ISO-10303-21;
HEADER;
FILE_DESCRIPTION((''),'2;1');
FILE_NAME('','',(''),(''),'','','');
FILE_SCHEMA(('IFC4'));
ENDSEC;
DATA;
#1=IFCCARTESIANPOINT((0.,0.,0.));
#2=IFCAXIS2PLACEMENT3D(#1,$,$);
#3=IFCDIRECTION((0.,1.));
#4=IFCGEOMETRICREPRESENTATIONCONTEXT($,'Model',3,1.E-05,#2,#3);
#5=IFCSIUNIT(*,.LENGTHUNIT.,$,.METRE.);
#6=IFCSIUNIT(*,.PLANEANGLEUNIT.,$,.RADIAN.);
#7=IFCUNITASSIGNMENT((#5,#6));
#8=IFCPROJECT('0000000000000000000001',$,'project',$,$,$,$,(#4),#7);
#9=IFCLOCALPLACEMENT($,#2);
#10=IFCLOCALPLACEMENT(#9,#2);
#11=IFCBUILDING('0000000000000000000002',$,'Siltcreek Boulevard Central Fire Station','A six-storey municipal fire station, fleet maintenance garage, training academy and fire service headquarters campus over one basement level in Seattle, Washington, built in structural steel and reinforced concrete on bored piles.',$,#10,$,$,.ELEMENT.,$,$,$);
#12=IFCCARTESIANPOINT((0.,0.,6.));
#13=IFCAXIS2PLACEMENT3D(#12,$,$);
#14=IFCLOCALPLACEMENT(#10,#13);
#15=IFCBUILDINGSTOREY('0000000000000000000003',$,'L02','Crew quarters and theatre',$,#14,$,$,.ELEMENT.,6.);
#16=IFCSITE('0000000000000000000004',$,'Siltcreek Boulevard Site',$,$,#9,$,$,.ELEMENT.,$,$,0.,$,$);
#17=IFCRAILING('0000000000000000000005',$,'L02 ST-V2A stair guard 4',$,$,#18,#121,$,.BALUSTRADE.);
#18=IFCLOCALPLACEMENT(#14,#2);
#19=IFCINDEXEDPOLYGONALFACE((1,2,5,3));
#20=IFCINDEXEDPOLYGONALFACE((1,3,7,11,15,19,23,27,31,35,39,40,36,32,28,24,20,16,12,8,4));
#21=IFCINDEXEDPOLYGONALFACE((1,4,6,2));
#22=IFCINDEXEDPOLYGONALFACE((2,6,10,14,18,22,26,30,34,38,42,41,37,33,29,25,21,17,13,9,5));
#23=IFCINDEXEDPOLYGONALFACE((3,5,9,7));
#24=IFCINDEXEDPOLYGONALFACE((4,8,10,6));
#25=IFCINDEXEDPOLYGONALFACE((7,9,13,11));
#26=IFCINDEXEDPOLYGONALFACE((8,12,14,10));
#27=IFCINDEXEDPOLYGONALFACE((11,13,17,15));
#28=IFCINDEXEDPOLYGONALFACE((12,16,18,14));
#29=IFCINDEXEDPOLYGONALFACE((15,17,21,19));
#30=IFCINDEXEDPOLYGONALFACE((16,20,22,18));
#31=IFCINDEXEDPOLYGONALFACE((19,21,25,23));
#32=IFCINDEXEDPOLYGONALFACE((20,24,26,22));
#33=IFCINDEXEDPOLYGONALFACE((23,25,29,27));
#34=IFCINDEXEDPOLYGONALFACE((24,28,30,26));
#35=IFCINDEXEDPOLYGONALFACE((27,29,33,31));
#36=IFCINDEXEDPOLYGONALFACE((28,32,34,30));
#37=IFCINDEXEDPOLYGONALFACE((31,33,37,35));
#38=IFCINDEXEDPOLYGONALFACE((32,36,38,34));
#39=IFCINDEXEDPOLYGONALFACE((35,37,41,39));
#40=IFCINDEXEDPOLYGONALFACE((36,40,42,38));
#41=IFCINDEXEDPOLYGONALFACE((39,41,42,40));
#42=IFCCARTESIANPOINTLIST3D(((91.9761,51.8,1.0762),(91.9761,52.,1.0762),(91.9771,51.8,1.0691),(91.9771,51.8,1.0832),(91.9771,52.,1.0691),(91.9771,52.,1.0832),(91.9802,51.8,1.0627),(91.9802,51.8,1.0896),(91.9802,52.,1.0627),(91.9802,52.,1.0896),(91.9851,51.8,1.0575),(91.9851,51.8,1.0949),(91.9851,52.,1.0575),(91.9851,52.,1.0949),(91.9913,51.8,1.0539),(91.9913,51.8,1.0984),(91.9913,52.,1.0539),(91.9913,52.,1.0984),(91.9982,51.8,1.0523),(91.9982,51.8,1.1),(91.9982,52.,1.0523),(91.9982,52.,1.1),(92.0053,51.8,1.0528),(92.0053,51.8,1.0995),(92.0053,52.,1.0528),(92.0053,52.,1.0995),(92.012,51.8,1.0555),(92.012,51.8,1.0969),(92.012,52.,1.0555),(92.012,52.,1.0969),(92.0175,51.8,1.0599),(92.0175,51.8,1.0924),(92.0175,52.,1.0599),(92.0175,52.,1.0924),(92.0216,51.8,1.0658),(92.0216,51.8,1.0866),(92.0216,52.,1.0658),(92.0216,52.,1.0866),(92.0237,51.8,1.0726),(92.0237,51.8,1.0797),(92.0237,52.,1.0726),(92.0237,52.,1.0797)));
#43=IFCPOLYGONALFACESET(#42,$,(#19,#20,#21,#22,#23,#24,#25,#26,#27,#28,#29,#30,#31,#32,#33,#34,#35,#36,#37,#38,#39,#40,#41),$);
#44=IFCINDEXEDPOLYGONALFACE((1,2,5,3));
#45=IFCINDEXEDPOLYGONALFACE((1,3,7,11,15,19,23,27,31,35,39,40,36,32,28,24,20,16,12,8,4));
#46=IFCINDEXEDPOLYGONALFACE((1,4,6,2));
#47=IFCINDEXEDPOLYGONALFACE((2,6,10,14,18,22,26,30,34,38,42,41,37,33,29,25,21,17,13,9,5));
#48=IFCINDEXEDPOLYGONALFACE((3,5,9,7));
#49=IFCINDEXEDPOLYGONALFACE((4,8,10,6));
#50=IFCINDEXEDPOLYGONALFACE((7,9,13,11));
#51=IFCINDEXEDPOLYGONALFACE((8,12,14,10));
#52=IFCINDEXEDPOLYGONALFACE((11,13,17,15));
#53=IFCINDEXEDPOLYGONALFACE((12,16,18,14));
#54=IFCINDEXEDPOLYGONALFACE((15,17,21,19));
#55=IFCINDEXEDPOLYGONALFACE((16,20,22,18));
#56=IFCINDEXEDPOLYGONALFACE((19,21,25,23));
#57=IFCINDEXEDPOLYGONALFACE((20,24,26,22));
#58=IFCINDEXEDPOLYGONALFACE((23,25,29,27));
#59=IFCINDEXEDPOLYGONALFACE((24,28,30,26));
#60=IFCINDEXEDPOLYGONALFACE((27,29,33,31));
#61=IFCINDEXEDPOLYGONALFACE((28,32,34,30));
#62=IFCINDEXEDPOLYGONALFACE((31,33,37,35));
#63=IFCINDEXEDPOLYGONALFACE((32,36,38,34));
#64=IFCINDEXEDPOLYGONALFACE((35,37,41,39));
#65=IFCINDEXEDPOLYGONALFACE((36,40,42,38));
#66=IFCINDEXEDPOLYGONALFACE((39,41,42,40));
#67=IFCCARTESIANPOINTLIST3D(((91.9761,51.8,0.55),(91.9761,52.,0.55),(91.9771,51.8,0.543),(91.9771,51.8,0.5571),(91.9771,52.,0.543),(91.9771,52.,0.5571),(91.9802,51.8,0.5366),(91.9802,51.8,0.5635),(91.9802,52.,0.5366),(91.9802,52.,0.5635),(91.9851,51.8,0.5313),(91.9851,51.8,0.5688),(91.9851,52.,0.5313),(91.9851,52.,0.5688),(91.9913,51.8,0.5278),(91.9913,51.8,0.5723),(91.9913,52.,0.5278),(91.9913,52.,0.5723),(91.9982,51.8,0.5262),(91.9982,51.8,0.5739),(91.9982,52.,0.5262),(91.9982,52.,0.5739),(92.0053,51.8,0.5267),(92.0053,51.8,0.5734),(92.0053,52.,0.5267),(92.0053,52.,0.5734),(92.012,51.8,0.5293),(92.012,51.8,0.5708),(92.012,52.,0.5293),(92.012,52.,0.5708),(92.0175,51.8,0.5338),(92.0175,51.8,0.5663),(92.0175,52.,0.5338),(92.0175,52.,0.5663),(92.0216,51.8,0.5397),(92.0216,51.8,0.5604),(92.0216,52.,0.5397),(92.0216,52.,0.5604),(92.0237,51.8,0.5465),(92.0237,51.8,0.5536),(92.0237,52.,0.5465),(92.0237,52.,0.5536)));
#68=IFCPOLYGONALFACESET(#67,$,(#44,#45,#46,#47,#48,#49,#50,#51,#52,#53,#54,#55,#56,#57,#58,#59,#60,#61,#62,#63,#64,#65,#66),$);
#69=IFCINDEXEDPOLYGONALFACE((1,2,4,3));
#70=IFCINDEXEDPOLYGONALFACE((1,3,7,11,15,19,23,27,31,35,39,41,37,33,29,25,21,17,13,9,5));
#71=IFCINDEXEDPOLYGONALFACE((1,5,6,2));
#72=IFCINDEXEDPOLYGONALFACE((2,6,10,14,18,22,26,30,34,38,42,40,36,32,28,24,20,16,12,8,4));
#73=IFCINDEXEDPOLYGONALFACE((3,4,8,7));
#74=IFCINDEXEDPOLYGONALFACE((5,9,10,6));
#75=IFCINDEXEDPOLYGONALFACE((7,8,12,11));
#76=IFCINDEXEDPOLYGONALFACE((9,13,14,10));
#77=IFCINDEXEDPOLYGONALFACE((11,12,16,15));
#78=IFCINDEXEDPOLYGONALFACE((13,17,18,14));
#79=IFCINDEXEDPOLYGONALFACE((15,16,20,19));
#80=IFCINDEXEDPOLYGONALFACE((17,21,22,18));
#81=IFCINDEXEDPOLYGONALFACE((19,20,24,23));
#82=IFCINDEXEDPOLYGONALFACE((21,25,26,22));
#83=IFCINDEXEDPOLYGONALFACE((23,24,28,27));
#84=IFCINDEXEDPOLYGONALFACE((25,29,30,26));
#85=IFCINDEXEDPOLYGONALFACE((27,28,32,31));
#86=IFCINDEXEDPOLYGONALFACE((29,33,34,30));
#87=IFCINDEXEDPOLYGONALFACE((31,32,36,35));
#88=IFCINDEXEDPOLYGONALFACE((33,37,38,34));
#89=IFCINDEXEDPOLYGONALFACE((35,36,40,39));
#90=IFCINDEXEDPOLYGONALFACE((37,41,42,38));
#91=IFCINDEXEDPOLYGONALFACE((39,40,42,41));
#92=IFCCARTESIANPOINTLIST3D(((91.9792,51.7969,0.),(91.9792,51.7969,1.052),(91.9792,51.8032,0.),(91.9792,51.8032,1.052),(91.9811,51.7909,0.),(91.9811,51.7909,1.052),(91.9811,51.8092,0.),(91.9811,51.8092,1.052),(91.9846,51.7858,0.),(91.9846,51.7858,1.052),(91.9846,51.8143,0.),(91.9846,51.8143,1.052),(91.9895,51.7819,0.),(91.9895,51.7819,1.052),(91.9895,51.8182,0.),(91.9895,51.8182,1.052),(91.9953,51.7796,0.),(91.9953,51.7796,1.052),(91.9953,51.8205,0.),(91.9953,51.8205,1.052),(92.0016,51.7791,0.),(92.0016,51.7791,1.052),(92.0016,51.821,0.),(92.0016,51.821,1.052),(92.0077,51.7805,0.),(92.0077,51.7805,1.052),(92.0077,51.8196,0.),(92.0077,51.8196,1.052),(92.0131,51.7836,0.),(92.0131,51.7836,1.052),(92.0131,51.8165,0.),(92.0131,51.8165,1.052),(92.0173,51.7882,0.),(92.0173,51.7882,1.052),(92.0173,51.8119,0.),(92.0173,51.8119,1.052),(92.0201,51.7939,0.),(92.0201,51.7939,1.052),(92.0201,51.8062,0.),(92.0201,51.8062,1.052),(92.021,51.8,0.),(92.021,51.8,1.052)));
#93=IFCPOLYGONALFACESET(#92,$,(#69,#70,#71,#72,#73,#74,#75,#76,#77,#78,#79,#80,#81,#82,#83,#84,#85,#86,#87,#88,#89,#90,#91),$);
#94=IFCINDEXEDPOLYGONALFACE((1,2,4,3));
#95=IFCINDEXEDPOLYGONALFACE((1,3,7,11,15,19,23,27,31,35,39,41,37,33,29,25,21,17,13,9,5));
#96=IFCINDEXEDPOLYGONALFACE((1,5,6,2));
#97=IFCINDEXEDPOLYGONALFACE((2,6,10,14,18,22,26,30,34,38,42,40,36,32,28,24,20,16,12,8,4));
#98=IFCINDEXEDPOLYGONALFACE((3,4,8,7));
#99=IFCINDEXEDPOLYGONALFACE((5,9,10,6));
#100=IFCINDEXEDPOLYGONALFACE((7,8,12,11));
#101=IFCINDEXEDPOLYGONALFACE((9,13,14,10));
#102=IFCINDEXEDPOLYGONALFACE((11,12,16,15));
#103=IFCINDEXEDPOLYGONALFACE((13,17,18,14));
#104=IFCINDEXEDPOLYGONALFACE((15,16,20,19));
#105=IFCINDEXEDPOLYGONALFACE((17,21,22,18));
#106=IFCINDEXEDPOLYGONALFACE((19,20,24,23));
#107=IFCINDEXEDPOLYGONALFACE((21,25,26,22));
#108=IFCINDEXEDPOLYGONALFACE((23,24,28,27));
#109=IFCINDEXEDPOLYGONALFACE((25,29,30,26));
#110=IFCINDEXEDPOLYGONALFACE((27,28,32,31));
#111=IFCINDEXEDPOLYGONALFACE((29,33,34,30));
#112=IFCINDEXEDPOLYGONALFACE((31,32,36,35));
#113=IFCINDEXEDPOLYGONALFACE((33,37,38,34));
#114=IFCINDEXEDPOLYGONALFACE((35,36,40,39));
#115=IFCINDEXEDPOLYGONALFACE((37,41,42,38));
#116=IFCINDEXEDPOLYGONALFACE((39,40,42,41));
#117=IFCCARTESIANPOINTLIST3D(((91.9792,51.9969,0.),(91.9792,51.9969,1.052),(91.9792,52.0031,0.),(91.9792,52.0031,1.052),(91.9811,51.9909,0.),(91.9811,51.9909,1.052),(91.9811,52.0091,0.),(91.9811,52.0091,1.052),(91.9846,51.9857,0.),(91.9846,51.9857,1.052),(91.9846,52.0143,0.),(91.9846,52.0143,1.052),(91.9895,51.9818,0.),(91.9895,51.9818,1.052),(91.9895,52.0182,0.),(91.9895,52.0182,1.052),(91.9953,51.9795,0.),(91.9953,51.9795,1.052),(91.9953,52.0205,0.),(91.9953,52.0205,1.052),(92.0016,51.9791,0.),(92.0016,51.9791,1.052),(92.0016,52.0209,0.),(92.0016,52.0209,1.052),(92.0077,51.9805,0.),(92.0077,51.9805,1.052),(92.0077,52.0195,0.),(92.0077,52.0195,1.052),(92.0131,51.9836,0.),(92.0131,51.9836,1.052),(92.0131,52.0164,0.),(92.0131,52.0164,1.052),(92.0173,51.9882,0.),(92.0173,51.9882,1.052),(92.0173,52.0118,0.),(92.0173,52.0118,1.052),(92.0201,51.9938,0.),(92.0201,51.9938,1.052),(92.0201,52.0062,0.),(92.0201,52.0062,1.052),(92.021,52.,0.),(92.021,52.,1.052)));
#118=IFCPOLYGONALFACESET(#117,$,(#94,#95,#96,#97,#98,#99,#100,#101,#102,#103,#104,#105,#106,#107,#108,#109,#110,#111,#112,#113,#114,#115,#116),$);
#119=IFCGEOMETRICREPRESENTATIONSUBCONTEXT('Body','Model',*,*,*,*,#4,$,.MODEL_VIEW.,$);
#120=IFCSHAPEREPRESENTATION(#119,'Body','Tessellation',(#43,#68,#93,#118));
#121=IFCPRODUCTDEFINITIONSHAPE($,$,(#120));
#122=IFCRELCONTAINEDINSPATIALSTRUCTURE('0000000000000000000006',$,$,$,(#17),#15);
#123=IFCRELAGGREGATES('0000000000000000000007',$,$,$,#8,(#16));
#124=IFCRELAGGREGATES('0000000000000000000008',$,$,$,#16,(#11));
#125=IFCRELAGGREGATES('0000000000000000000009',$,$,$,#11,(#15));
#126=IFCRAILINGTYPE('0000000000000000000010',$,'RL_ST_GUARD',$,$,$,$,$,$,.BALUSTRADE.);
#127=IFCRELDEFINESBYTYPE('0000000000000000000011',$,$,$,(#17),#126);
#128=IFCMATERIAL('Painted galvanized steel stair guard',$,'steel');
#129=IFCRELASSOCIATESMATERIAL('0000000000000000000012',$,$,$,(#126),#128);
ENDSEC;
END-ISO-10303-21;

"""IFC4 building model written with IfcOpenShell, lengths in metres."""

from ifc_helpers import new_model, si_unit, direction, frame, origin, origin_2d, place, context, subcontext, project, spatial, circle, extrude, material, type_object, element, save


model = new_model("IFC4")

# Units and contexts
model_context = context("Model", 3, precision=1e-05, world=origin(), true_north=direction((0.0, 1.0)))
body_context = subcontext(model_context, "Body", "Model", "MODEL_VIEW")
ifc_project = project(units=[si_unit("LENGTHUNIT", "METRE"), si_unit("PLANEANGLEUNIT", "RADIAN")], contexts=[model_context])

# Site, building, storey
site_placement = place(None, origin())
site = spatial("IfcSite", under=ifc_project, at=site_placement, Name="Siltcreek Boulevard Site", CompositionType="ELEMENT", RefElevation=0.0)
building_placement = place(site_placement, origin())
building = spatial("IfcBuilding", under=site, at=building_placement, Name="Siltcreek Boulevard Central Fire Station", Description="A six-storey municipal fire station, fleet maintenance garage, training academy and fire service headquarters campus over one basement level in Seattle, Washington, built in structural steel and reinforced concrete on bored piles.", CompositionType="ELEMENT")
storey_placement = place(building_placement, frame((0.0, 0.0, 6.0)))
storey = spatial("IfcBuildingStorey", under=building, at=storey_placement, Name="L02", Description="Crew quarters and theatre", CompositionType="ELEMENT", Elevation=6.0)

# Railing
ifc_material_1 = material(Name="Painted galvanized steel stair guard", Category="steel")
railing_type_1 = type_object("IfcRailingType", Name="RL_ST_GUARD", PredefinedType="BALUSTRADE", material=ifc_material_1)
railing_1_placement = place(storey_placement, frame((92.0, 51.8, 0.0)))
element("IfcRailing", 1, at=railing_1_placement, inside=storey, type_object=railing_type_1, Name="L02 ST-V2A stair guard 4", PredefinedType="BALUSTRADE", context=body_context, shape_type="SweptSolid", body=[
    extrude(circle(Radius=0.0239, at=origin_2d()), frame((0.0, 0.0, 1.0762), z_axis=(0.0, 1.0, 0.0), x_axis=(-1.0, 0.0, 0.0)), (0.0, 0.0, 1.0), 0.2),
    extrude(circle(Radius=0.0239, at=origin_2d()), frame((0.0, 0.0, 0.55), z_axis=(0.0, 1.0, 0.0), x_axis=(-1.0, 0.0, 0.0)), (0.0, 0.0, 1.0), 0.2),
    extrude(circle(Radius=0.021, at=origin_2d()), origin(), (0.0, 0.0, 1.0), 1.052),
    extrude(circle(Radius=0.021, at=origin_2d()), frame((0.0, 0.2, 0.0)), (0.0, 0.0, 1.0), 1.052),
])

save(model, "model.ifc")
